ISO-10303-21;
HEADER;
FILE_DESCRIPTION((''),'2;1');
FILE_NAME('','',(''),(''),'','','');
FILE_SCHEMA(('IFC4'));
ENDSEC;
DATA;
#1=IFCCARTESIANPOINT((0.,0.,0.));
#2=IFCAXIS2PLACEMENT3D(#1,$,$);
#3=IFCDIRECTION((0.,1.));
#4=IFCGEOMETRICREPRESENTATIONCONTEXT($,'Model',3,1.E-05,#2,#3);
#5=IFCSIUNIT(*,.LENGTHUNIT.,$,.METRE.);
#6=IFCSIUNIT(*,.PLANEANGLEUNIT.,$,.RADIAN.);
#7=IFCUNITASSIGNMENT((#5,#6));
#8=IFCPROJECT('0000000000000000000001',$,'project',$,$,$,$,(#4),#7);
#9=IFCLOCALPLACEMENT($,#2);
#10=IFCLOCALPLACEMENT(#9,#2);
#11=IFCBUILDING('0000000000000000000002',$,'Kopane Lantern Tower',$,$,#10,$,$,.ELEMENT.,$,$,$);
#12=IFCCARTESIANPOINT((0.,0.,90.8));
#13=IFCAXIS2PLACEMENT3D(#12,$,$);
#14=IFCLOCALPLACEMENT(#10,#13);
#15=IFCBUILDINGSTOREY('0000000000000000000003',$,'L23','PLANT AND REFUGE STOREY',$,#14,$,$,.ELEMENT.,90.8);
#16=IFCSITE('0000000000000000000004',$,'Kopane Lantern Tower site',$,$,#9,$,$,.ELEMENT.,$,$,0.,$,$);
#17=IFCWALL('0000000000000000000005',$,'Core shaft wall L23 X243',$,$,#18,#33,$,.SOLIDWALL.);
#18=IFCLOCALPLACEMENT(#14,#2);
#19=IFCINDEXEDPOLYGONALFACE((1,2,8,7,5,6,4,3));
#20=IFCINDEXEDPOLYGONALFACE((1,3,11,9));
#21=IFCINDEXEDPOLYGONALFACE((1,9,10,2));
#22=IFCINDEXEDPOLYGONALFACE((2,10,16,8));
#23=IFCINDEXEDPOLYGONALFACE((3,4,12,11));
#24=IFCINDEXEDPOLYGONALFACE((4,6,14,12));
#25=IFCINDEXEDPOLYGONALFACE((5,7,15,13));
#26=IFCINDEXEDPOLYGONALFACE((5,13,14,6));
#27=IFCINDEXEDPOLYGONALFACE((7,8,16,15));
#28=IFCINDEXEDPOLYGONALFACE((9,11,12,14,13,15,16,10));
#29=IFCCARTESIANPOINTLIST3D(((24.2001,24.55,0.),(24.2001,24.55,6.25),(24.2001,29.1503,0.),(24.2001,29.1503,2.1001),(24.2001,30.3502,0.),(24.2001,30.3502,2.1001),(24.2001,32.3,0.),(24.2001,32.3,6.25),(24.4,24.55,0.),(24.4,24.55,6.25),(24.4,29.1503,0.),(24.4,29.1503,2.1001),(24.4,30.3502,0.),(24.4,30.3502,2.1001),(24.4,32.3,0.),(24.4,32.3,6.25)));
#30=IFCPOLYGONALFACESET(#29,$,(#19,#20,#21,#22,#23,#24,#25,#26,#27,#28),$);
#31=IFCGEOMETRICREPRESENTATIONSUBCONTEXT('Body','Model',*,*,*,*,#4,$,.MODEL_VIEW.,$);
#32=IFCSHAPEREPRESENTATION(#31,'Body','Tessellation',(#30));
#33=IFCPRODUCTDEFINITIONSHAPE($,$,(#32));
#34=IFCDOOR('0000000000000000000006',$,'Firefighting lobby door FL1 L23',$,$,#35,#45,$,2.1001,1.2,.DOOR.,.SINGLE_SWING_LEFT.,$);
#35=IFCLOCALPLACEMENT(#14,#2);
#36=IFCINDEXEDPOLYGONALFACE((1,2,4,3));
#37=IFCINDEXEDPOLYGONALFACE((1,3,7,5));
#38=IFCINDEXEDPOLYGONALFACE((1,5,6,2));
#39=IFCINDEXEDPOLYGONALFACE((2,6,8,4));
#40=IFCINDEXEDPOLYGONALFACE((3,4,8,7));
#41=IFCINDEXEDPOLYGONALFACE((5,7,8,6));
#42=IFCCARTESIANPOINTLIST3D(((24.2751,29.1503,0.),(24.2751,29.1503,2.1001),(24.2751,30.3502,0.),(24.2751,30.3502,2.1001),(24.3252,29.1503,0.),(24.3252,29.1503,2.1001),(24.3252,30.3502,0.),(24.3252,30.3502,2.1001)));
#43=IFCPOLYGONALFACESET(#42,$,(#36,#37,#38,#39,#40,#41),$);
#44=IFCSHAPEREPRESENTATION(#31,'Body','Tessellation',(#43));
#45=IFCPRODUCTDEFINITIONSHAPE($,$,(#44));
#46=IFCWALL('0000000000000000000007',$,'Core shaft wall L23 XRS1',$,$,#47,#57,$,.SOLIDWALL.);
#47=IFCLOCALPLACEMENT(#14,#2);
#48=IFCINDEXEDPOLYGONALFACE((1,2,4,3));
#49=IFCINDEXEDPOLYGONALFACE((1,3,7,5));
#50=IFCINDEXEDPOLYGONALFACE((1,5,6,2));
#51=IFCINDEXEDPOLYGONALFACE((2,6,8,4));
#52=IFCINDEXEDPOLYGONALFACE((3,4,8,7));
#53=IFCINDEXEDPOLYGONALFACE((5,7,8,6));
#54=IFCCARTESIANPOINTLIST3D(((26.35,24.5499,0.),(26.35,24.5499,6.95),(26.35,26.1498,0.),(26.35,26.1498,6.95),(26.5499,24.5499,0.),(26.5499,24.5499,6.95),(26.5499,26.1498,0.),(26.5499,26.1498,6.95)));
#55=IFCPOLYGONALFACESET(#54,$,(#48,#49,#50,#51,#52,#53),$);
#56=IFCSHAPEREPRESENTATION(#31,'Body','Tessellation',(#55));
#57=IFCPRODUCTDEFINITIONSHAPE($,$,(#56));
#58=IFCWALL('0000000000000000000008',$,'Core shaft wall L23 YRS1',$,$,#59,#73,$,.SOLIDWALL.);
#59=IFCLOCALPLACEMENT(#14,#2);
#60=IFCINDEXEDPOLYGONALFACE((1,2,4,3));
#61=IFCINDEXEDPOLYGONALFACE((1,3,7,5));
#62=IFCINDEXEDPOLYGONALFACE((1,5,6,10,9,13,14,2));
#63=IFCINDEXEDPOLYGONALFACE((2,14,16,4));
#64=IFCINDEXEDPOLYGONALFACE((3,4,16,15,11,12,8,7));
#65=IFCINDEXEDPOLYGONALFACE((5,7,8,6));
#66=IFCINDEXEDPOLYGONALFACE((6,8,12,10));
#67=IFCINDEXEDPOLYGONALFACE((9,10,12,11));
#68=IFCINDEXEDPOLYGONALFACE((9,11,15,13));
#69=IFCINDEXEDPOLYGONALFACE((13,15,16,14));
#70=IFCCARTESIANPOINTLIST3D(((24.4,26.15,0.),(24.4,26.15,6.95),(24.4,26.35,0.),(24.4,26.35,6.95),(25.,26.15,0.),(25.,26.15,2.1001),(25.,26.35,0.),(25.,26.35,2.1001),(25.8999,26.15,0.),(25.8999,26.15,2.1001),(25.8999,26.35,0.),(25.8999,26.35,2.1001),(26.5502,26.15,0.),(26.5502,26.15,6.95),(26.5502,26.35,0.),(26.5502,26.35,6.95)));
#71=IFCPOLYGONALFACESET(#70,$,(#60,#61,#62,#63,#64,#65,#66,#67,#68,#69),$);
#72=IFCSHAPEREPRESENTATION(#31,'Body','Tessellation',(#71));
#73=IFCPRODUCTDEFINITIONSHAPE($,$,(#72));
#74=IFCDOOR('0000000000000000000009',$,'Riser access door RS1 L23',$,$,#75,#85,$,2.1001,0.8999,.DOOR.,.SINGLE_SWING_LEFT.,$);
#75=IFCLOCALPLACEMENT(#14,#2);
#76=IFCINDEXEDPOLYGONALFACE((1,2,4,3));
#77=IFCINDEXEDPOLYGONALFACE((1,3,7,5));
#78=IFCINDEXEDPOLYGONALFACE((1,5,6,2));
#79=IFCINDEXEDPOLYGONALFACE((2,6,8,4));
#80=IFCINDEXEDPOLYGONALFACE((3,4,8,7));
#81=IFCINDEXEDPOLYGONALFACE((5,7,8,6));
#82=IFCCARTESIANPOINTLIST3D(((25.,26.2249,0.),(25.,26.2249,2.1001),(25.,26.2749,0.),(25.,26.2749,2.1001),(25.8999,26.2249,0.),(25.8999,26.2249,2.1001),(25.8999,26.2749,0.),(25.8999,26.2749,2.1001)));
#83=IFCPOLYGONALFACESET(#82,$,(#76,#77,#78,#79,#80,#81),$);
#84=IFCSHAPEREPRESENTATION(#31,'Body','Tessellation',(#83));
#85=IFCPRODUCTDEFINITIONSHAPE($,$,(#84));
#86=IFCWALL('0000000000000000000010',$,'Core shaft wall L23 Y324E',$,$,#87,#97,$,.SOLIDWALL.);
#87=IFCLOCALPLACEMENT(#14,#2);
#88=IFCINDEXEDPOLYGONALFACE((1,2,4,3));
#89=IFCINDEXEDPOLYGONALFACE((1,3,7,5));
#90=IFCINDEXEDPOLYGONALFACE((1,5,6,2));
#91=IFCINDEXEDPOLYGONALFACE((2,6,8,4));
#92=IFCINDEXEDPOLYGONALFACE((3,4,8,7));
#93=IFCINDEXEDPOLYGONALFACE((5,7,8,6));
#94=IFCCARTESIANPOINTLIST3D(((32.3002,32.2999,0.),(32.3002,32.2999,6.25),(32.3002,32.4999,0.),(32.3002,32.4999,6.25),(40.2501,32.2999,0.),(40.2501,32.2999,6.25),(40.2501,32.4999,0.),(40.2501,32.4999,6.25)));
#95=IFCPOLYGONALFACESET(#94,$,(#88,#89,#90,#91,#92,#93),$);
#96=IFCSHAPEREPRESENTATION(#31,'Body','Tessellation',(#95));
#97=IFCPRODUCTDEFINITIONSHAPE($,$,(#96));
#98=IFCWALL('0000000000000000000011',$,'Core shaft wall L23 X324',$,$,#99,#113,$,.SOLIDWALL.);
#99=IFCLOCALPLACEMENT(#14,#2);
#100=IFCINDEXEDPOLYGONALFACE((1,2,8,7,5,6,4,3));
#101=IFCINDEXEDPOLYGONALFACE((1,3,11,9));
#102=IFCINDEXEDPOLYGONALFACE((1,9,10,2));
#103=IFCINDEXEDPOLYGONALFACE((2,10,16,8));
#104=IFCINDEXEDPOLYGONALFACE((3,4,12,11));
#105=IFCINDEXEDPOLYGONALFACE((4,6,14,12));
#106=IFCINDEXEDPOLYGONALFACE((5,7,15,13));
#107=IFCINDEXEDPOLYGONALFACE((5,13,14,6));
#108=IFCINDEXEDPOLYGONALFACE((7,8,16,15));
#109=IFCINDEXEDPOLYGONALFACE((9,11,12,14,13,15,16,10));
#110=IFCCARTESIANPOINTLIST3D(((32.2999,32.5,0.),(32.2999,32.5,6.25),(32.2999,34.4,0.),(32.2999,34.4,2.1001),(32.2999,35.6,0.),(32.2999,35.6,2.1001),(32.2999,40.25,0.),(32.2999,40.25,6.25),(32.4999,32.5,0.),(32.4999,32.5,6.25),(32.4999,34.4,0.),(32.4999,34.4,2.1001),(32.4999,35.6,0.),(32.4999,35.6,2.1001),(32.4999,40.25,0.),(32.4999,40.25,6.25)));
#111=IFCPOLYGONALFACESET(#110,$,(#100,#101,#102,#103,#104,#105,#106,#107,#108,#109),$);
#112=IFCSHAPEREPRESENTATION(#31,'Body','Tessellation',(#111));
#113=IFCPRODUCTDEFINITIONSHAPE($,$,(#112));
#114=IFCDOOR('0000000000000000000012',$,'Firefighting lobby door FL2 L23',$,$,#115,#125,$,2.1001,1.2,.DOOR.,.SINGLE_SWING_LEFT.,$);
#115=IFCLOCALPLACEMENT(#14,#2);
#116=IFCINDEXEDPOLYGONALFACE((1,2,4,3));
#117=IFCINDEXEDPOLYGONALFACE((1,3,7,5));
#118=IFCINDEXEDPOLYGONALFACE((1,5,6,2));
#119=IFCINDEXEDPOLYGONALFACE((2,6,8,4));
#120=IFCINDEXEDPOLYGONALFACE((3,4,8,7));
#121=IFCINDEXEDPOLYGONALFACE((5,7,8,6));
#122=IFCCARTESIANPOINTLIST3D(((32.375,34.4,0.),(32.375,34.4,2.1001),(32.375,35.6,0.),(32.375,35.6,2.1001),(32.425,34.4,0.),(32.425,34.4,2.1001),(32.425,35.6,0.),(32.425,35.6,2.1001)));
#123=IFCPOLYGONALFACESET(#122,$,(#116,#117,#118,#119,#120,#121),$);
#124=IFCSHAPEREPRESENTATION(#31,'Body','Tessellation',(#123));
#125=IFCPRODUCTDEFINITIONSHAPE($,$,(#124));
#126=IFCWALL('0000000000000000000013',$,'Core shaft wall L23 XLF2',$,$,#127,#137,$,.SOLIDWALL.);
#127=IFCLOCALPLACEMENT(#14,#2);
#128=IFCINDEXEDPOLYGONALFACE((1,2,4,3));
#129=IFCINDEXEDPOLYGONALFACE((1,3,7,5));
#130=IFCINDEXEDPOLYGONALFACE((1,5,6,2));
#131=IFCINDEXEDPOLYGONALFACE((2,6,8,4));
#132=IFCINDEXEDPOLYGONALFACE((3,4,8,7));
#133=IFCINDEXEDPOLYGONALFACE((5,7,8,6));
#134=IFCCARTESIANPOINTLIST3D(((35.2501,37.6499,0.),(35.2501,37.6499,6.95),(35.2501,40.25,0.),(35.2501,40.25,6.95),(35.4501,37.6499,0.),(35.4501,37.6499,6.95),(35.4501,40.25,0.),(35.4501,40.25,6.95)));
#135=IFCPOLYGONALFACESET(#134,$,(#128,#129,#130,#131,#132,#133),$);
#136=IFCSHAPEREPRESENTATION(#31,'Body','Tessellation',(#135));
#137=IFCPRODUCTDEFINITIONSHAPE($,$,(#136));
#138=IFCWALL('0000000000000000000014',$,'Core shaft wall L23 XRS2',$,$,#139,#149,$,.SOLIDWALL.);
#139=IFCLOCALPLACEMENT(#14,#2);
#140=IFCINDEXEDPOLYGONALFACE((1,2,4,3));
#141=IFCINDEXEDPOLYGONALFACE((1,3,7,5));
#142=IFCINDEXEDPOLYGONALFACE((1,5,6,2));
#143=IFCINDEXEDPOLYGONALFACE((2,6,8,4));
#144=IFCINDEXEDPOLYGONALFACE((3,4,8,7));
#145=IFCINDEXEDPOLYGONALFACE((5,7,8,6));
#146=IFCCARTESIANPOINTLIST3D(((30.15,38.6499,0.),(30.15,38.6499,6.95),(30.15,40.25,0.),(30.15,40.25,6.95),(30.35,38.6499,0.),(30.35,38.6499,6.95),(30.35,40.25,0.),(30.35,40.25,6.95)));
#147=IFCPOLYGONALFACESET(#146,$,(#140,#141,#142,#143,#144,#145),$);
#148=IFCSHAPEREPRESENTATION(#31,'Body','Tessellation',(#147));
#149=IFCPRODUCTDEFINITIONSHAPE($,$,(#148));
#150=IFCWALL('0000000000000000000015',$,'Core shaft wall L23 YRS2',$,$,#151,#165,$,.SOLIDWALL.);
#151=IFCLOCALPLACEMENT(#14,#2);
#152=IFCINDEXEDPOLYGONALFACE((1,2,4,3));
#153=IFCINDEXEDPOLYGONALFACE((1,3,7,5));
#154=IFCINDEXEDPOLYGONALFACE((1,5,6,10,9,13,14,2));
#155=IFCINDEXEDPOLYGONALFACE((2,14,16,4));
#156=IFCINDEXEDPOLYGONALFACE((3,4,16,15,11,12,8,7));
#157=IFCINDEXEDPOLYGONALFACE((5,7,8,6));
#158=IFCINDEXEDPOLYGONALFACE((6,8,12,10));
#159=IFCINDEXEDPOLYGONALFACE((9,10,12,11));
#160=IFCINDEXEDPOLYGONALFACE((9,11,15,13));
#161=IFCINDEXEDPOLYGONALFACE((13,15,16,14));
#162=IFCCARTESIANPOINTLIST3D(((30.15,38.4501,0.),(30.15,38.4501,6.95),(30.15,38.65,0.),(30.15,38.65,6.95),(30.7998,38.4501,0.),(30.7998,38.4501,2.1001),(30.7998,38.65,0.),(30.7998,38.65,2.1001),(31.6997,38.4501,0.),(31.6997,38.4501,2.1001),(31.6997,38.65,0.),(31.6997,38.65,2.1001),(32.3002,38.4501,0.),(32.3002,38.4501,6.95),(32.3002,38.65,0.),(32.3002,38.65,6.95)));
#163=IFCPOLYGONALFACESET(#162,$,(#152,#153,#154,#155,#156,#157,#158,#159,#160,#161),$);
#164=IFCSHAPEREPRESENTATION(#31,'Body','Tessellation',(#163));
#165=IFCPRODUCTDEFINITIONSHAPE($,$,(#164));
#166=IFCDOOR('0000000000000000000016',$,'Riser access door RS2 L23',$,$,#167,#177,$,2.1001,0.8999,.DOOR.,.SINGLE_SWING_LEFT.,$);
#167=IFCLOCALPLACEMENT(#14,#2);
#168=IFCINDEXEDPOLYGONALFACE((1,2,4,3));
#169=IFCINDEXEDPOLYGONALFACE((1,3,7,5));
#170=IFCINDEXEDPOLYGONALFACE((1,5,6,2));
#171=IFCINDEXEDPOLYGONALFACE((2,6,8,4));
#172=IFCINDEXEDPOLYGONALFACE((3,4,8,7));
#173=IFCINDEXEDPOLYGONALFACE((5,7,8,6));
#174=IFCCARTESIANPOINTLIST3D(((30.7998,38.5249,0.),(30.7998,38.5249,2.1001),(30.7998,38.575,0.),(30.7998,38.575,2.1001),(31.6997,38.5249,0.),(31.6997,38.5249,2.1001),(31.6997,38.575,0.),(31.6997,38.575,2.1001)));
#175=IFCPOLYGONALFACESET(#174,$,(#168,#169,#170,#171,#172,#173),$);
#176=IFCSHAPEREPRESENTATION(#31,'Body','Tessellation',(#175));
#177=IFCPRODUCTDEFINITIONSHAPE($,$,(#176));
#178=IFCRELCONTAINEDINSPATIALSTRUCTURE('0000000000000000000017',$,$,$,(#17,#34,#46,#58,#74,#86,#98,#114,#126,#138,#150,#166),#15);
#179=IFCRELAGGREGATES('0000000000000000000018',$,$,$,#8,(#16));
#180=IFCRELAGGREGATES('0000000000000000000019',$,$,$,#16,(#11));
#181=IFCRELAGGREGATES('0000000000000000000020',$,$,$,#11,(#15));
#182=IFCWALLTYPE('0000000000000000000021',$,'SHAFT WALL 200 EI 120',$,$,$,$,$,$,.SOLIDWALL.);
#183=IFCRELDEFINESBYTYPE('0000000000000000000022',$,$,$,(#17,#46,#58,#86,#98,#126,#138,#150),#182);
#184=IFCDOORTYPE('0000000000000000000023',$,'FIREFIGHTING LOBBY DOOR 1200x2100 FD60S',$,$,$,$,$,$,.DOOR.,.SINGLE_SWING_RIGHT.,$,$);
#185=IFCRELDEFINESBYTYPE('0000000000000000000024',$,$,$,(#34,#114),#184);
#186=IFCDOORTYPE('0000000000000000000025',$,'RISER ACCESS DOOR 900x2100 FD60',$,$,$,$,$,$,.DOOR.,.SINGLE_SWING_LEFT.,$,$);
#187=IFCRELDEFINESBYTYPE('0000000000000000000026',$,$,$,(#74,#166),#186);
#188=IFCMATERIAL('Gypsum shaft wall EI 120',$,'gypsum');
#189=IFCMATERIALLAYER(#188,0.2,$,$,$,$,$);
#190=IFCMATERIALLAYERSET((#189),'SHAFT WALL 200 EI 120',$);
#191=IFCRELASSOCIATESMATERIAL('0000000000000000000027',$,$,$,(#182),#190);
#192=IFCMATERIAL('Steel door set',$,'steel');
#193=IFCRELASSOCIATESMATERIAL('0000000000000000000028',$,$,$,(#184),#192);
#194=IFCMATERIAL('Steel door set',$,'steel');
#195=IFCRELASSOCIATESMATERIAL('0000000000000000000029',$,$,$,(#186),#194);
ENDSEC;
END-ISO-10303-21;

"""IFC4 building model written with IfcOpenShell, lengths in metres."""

from ifc_helpers import new_model, si_unit, direction, frame, frame_2d, origin, place, context, subcontext, project, spatial, rectangle, extrude, material, layer, layer_set, type_object, element, fill, save


model = new_model("IFC4")

# Units and contexts
model_context = context("Model", 3, precision=1e-05, world=origin(), true_north=direction((0.0, 1.0)))
body_context = subcontext(model_context, "Body", "Model", "MODEL_VIEW")
ifc_project = project(units=[si_unit("LENGTHUNIT", "METRE"), si_unit("PLANEANGLEUNIT", "RADIAN")], contexts=[model_context])

# Site, building, storey
site_placement = place(None, origin())
site = spatial("IfcSite", under=ifc_project, at=site_placement, Name="Kopane Lantern Tower site", CompositionType="ELEMENT", RefElevation=0.0)
building_placement = place(site_placement, origin())
building = spatial("IfcBuilding", under=site, at=building_placement, Name="Kopane Lantern Tower", CompositionType="ELEMENT")
storey_placement = place(building_placement, frame((0.0, 0.0, 90.8)))
storey = spatial("IfcBuildingStorey", under=building, at=storey_placement, Name="L23", Description="PLANT AND REFUGE STOREY", CompositionType="ELEMENT", Elevation=90.8)

# Wall, opening, door
ifc_material_1 = material(Name="Gypsum shaft wall EI 120", Category="gypsum")
ifc_layer_1 = layer(ifc_material_1, 0.2)
ifc_layer_set_1 = layer_set([ifc_layer_1], Name="SHAFT WALL 200 EI 120")
wall_type_1 = type_object("IfcWallType", Name="SHAFT WALL 200 EI 120", PredefinedType="SOLIDWALL", material=ifc_layer_set_1)
wall_1_placement = place(storey_placement, frame((24.3, 24.55, 0.0), z_axis=(0.0, 0.0, 1.0), x_axis=(0.0, 1.0, 0.0)))
wall_1 = element("IfcWall", 1, at=wall_1_placement, inside=storey, type_object=wall_type_1, Name="Core shaft wall L23 X243", PredefinedType="SOLIDWALL", context=body_context, shape_type="SweptSolid", body=[
    extrude(rectangle(XDim=7.75, YDim=0.2, at=frame_2d((3.875, 0.0))), origin(), (0.0, 0.0, 1.0), 6.25),
])
opening_1_placement = place(wall_1_placement, frame((4.6001, 0.0, 0.0)))
opening_1 = element("IfcOpeningElement", 2, at=opening_1_placement, cuts=wall_1, PredefinedType="OPENING", context=body_context, shape_type="SweptSolid", body=[
    extrude(rectangle(XDim=1.2, YDim=2.1001, at=frame_2d((0.6001, 1.05))), frame((0.0, 0.1099, 0.0), z_axis=(0.0, -1.0, 0.0), x_axis=(1.0, 0.0, 0.0)), (0.0, 0.0, 1.0), 0.22),
])
ifc_material_2 = material(Name="Steel door set", Category="steel")
door_type_1 = type_object("IfcDoorType", Name="FIREFIGHTING LOBBY DOOR 1200x2100 FD60S", OperationType="SINGLE_SWING_RIGHT", PredefinedType="DOOR", material=ifc_material_2)
door_1_placement = place(opening_1_placement, origin())
door_1 = element("IfcDoor", 3, at=door_1_placement, inside=storey, type_object=door_type_1, Name="Firefighting lobby door FL1 L23", OperationType="SINGLE_SWING_LEFT", OverallHeight=2.1001, OverallWidth=1.2, PredefinedType="DOOR", context=body_context, shape_type="SweptSolid", body=[
    extrude(rectangle(XDim=1.2, YDim=2.1001, at=frame_2d((0.6001, 1.05))), frame((0.0, 0.0249, 0.0), z_axis=(0.0, -1.0, 0.0), x_axis=(1.0, 0.0, 0.0)), (0.0, 0.0, 1.0), 0.05),
])
fill(opening_1, door_1)

# Wall
wall_2_placement = place(storey_placement, frame((26.45, 24.55, 0.0), z_axis=(0.0, 0.0, 1.0), x_axis=(0.0, 1.0, 0.0)))
element("IfcWall", 4, at=wall_2_placement, inside=storey, type_object=wall_type_1, Name="Core shaft wall L23 XRS1", PredefinedType="SOLIDWALL", context=body_context, shape_type="SweptSolid", body=[
    extrude(rectangle(XDim=1.5999, YDim=0.2, at=frame_2d((0.7998, 0.0))), origin(), (0.0, 0.0, 1.0), 6.95),
])

# Wall, opening, door
wall_3_placement = place(storey_placement, frame((24.3999, 26.25, 0.0), z_axis=(0.0, 0.0, 1.0), x_axis=(1.0, 0.0, 0.0)))
wall_3 = element("IfcWall", 5, at=wall_3_placement, inside=storey, type_object=wall_type_1, Name="Core shaft wall L23 YRS1", PredefinedType="SOLIDWALL", context=body_context, shape_type="SweptSolid", body=[
    extrude(rectangle(XDim=2.1501, YDim=0.2, at=frame_2d((1.0752, 0.0))), origin(), (0.0, 0.0, 1.0), 6.95),
])
opening_2_placement = place(wall_3_placement, frame((0.6001, 0.0, 0.0)))
opening_2 = element("IfcOpeningElement", 6, at=opening_2_placement, cuts=wall_3, PredefinedType="OPENING", context=body_context, shape_type="SweptSolid", body=[
    extrude(rectangle(XDim=0.8999, YDim=2.1001, at=frame_2d((0.45, 1.05))), frame((0.0, 0.1099, 0.0), z_axis=(0.0, -1.0, 0.0), x_axis=(1.0, 0.0, 0.0)), (0.0, 0.0, 1.0), 0.22),
])
ifc_material_3 = material(Name="Steel door set", Category="steel")
door_type_2 = type_object("IfcDoorType", Name="RISER ACCESS DOOR 900x2100 FD60", OperationType="SINGLE_SWING_LEFT", PredefinedType="DOOR", material=ifc_material_3)
door_2_placement = place(opening_2_placement, origin())
door_2 = element("IfcDoor", 7, at=door_2_placement, inside=storey, type_object=door_type_2, Name="Riser access door RS1 L23", OperationType="SINGLE_SWING_LEFT", OverallHeight=2.1001, OverallWidth=0.8999, PredefinedType="DOOR", context=body_context, shape_type="SweptSolid", body=[
    extrude(rectangle(XDim=0.8999, YDim=2.1001, at=frame_2d((0.45, 1.05))), frame((0.0, 0.0249, 0.0), z_axis=(0.0, -1.0, 0.0), x_axis=(1.0, 0.0, 0.0)), (0.0, 0.0, 1.0), 0.05),
])
fill(opening_2, door_2)

# Wall
wall_4_placement = place(storey_placement, frame((32.3, 32.3999, 0.0), z_axis=(0.0, 0.0, 1.0), x_axis=(1.0, 0.0, 0.0)))
element("IfcWall", 8, at=wall_4_placement, inside=storey, type_object=wall_type_1, Name="Core shaft wall L23 Y324E", PredefinedType="SOLIDWALL", context=body_context, shape_type="SweptSolid", body=[
    extrude(rectangle(XDim=7.95, YDim=0.2, at=frame_2d((3.9751, 0.0))), origin(), (0.0, 0.0, 1.0), 6.25),
])

# Wall, opening, door
wall_5_placement = place(storey_placement, frame((32.3999, 32.5, 0.0), z_axis=(0.0, 0.0, 1.0), x_axis=(0.0, 1.0, 0.0)))
wall_5 = element("IfcWall", 9, at=wall_5_placement, inside=storey, type_object=wall_type_1, Name="Core shaft wall L23 X324", PredefinedType="SOLIDWALL", context=body_context, shape_type="SweptSolid", body=[
    extrude(rectangle(XDim=7.75, YDim=0.2, at=frame_2d((3.875, 0.0))), origin(), (0.0, 0.0, 1.0), 6.25),
])
opening_3_placement = place(wall_5_placement, frame((1.8999, 0.0, 0.0)))
opening_3 = element("IfcOpeningElement", 10, at=opening_3_placement, cuts=wall_5, PredefinedType="OPENING", context=body_context, shape_type="SweptSolid", body=[
    extrude(rectangle(XDim=1.2, YDim=2.1001, at=frame_2d((0.6001, 1.05))), frame((0.0, 0.1099, 0.0), z_axis=(0.0, -1.0, 0.0), x_axis=(1.0, 0.0, 0.0)), (0.0, 0.0, 1.0), 0.22),
])
door_3_placement = place(opening_3_placement, origin())
door_3 = element("IfcDoor", 11, at=door_3_placement, inside=storey, type_object=door_type_1, Name="Firefighting lobby door FL2 L23", OperationType="SINGLE_SWING_LEFT", OverallHeight=2.1001, OverallWidth=1.2, PredefinedType="DOOR", context=body_context, shape_type="SweptSolid", body=[
    extrude(rectangle(XDim=1.2, YDim=2.1001, at=frame_2d((0.6001, 1.05))), frame((0.0, 0.0249, 0.0), z_axis=(0.0, -1.0, 0.0), x_axis=(1.0, 0.0, 0.0)), (0.0, 0.0, 1.0), 0.05),
])
fill(opening_3, door_3)

# Walls
wall_6_placement = place(storey_placement, frame((35.3501, 37.6499, 0.0), z_axis=(0.0, 0.0, 1.0), x_axis=(0.0, 1.0, 0.0)))
element("IfcWall", 12, at=wall_6_placement, inside=storey, type_object=wall_type_1, Name="Core shaft wall L23 XLF2", PredefinedType="SOLIDWALL", context=body_context, shape_type="SweptSolid", body=[
    extrude(rectangle(XDim=2.6001, YDim=0.2, at=frame_2d((1.3, 0.0))), origin(), (0.0, 0.0, 1.0), 6.95),
])
wall_7_placement = place(storey_placement, frame((30.25, 38.6499, 0.0), z_axis=(0.0, 0.0, 1.0), x_axis=(0.0, 1.0, 0.0)))
element("IfcWall", 13, at=wall_7_placement, inside=storey, type_object=wall_type_1, Name="Core shaft wall L23 XRS2", PredefinedType="SOLIDWALL", context=body_context, shape_type="SweptSolid", body=[
    extrude(rectangle(XDim=1.6001, YDim=0.2, at=frame_2d((0.8, 0.0))), origin(), (0.0, 0.0, 1.0), 6.95),
])

# Wall, opening, door
wall_8_placement = place(storey_placement, frame((30.1499, 38.55, 0.0), z_axis=(0.0, 0.0, 1.0), x_axis=(1.0, 0.0, 0.0)))
wall_8 = element("IfcWall", 14, at=wall_8_placement, inside=storey, type_object=wall_type_1, Name="Core shaft wall L23 YRS2", PredefinedType="SOLIDWALL", context=body_context, shape_type="SweptSolid", body=[
    extrude(rectangle(XDim=2.1501, YDim=0.2, at=frame_2d((1.0752, 0.0))), origin(), (0.0, 0.0, 1.0), 6.95),
])
opening_4_placement = place(wall_8_placement, frame((0.6499, 0.0, 0.0)))
opening_4 = element("IfcOpeningElement", 15, at=opening_4_placement, cuts=wall_8, PredefinedType="OPENING", context=body_context, shape_type="SweptSolid", body=[
    extrude(rectangle(XDim=0.8999, YDim=2.1001, at=frame_2d((0.45, 1.05))), frame((0.0, 0.1099, 0.0), z_axis=(0.0, -1.0, 0.0), x_axis=(1.0, 0.0, 0.0)), (0.0, 0.0, 1.0), 0.22),
])
door_4_placement = place(opening_4_placement, origin())
door_4 = element("IfcDoor", 16, at=door_4_placement, inside=storey, type_object=door_type_2, Name="Riser access door RS2 L23", OperationType="SINGLE_SWING_LEFT", OverallHeight=2.1001, OverallWidth=0.8999, PredefinedType="DOOR", context=body_context, shape_type="SweptSolid", body=[
    extrude(rectangle(XDim=0.8999, YDim=2.1001, at=frame_2d((0.45, 1.05))), frame((0.0, 0.0249, 0.0), z_axis=(0.0, -1.0, 0.0), x_axis=(1.0, 0.0, 0.0)), (0.0, 0.0, 1.0), 0.05),
])
fill(opening_4, door_4)

save(model, "model.ifc")
